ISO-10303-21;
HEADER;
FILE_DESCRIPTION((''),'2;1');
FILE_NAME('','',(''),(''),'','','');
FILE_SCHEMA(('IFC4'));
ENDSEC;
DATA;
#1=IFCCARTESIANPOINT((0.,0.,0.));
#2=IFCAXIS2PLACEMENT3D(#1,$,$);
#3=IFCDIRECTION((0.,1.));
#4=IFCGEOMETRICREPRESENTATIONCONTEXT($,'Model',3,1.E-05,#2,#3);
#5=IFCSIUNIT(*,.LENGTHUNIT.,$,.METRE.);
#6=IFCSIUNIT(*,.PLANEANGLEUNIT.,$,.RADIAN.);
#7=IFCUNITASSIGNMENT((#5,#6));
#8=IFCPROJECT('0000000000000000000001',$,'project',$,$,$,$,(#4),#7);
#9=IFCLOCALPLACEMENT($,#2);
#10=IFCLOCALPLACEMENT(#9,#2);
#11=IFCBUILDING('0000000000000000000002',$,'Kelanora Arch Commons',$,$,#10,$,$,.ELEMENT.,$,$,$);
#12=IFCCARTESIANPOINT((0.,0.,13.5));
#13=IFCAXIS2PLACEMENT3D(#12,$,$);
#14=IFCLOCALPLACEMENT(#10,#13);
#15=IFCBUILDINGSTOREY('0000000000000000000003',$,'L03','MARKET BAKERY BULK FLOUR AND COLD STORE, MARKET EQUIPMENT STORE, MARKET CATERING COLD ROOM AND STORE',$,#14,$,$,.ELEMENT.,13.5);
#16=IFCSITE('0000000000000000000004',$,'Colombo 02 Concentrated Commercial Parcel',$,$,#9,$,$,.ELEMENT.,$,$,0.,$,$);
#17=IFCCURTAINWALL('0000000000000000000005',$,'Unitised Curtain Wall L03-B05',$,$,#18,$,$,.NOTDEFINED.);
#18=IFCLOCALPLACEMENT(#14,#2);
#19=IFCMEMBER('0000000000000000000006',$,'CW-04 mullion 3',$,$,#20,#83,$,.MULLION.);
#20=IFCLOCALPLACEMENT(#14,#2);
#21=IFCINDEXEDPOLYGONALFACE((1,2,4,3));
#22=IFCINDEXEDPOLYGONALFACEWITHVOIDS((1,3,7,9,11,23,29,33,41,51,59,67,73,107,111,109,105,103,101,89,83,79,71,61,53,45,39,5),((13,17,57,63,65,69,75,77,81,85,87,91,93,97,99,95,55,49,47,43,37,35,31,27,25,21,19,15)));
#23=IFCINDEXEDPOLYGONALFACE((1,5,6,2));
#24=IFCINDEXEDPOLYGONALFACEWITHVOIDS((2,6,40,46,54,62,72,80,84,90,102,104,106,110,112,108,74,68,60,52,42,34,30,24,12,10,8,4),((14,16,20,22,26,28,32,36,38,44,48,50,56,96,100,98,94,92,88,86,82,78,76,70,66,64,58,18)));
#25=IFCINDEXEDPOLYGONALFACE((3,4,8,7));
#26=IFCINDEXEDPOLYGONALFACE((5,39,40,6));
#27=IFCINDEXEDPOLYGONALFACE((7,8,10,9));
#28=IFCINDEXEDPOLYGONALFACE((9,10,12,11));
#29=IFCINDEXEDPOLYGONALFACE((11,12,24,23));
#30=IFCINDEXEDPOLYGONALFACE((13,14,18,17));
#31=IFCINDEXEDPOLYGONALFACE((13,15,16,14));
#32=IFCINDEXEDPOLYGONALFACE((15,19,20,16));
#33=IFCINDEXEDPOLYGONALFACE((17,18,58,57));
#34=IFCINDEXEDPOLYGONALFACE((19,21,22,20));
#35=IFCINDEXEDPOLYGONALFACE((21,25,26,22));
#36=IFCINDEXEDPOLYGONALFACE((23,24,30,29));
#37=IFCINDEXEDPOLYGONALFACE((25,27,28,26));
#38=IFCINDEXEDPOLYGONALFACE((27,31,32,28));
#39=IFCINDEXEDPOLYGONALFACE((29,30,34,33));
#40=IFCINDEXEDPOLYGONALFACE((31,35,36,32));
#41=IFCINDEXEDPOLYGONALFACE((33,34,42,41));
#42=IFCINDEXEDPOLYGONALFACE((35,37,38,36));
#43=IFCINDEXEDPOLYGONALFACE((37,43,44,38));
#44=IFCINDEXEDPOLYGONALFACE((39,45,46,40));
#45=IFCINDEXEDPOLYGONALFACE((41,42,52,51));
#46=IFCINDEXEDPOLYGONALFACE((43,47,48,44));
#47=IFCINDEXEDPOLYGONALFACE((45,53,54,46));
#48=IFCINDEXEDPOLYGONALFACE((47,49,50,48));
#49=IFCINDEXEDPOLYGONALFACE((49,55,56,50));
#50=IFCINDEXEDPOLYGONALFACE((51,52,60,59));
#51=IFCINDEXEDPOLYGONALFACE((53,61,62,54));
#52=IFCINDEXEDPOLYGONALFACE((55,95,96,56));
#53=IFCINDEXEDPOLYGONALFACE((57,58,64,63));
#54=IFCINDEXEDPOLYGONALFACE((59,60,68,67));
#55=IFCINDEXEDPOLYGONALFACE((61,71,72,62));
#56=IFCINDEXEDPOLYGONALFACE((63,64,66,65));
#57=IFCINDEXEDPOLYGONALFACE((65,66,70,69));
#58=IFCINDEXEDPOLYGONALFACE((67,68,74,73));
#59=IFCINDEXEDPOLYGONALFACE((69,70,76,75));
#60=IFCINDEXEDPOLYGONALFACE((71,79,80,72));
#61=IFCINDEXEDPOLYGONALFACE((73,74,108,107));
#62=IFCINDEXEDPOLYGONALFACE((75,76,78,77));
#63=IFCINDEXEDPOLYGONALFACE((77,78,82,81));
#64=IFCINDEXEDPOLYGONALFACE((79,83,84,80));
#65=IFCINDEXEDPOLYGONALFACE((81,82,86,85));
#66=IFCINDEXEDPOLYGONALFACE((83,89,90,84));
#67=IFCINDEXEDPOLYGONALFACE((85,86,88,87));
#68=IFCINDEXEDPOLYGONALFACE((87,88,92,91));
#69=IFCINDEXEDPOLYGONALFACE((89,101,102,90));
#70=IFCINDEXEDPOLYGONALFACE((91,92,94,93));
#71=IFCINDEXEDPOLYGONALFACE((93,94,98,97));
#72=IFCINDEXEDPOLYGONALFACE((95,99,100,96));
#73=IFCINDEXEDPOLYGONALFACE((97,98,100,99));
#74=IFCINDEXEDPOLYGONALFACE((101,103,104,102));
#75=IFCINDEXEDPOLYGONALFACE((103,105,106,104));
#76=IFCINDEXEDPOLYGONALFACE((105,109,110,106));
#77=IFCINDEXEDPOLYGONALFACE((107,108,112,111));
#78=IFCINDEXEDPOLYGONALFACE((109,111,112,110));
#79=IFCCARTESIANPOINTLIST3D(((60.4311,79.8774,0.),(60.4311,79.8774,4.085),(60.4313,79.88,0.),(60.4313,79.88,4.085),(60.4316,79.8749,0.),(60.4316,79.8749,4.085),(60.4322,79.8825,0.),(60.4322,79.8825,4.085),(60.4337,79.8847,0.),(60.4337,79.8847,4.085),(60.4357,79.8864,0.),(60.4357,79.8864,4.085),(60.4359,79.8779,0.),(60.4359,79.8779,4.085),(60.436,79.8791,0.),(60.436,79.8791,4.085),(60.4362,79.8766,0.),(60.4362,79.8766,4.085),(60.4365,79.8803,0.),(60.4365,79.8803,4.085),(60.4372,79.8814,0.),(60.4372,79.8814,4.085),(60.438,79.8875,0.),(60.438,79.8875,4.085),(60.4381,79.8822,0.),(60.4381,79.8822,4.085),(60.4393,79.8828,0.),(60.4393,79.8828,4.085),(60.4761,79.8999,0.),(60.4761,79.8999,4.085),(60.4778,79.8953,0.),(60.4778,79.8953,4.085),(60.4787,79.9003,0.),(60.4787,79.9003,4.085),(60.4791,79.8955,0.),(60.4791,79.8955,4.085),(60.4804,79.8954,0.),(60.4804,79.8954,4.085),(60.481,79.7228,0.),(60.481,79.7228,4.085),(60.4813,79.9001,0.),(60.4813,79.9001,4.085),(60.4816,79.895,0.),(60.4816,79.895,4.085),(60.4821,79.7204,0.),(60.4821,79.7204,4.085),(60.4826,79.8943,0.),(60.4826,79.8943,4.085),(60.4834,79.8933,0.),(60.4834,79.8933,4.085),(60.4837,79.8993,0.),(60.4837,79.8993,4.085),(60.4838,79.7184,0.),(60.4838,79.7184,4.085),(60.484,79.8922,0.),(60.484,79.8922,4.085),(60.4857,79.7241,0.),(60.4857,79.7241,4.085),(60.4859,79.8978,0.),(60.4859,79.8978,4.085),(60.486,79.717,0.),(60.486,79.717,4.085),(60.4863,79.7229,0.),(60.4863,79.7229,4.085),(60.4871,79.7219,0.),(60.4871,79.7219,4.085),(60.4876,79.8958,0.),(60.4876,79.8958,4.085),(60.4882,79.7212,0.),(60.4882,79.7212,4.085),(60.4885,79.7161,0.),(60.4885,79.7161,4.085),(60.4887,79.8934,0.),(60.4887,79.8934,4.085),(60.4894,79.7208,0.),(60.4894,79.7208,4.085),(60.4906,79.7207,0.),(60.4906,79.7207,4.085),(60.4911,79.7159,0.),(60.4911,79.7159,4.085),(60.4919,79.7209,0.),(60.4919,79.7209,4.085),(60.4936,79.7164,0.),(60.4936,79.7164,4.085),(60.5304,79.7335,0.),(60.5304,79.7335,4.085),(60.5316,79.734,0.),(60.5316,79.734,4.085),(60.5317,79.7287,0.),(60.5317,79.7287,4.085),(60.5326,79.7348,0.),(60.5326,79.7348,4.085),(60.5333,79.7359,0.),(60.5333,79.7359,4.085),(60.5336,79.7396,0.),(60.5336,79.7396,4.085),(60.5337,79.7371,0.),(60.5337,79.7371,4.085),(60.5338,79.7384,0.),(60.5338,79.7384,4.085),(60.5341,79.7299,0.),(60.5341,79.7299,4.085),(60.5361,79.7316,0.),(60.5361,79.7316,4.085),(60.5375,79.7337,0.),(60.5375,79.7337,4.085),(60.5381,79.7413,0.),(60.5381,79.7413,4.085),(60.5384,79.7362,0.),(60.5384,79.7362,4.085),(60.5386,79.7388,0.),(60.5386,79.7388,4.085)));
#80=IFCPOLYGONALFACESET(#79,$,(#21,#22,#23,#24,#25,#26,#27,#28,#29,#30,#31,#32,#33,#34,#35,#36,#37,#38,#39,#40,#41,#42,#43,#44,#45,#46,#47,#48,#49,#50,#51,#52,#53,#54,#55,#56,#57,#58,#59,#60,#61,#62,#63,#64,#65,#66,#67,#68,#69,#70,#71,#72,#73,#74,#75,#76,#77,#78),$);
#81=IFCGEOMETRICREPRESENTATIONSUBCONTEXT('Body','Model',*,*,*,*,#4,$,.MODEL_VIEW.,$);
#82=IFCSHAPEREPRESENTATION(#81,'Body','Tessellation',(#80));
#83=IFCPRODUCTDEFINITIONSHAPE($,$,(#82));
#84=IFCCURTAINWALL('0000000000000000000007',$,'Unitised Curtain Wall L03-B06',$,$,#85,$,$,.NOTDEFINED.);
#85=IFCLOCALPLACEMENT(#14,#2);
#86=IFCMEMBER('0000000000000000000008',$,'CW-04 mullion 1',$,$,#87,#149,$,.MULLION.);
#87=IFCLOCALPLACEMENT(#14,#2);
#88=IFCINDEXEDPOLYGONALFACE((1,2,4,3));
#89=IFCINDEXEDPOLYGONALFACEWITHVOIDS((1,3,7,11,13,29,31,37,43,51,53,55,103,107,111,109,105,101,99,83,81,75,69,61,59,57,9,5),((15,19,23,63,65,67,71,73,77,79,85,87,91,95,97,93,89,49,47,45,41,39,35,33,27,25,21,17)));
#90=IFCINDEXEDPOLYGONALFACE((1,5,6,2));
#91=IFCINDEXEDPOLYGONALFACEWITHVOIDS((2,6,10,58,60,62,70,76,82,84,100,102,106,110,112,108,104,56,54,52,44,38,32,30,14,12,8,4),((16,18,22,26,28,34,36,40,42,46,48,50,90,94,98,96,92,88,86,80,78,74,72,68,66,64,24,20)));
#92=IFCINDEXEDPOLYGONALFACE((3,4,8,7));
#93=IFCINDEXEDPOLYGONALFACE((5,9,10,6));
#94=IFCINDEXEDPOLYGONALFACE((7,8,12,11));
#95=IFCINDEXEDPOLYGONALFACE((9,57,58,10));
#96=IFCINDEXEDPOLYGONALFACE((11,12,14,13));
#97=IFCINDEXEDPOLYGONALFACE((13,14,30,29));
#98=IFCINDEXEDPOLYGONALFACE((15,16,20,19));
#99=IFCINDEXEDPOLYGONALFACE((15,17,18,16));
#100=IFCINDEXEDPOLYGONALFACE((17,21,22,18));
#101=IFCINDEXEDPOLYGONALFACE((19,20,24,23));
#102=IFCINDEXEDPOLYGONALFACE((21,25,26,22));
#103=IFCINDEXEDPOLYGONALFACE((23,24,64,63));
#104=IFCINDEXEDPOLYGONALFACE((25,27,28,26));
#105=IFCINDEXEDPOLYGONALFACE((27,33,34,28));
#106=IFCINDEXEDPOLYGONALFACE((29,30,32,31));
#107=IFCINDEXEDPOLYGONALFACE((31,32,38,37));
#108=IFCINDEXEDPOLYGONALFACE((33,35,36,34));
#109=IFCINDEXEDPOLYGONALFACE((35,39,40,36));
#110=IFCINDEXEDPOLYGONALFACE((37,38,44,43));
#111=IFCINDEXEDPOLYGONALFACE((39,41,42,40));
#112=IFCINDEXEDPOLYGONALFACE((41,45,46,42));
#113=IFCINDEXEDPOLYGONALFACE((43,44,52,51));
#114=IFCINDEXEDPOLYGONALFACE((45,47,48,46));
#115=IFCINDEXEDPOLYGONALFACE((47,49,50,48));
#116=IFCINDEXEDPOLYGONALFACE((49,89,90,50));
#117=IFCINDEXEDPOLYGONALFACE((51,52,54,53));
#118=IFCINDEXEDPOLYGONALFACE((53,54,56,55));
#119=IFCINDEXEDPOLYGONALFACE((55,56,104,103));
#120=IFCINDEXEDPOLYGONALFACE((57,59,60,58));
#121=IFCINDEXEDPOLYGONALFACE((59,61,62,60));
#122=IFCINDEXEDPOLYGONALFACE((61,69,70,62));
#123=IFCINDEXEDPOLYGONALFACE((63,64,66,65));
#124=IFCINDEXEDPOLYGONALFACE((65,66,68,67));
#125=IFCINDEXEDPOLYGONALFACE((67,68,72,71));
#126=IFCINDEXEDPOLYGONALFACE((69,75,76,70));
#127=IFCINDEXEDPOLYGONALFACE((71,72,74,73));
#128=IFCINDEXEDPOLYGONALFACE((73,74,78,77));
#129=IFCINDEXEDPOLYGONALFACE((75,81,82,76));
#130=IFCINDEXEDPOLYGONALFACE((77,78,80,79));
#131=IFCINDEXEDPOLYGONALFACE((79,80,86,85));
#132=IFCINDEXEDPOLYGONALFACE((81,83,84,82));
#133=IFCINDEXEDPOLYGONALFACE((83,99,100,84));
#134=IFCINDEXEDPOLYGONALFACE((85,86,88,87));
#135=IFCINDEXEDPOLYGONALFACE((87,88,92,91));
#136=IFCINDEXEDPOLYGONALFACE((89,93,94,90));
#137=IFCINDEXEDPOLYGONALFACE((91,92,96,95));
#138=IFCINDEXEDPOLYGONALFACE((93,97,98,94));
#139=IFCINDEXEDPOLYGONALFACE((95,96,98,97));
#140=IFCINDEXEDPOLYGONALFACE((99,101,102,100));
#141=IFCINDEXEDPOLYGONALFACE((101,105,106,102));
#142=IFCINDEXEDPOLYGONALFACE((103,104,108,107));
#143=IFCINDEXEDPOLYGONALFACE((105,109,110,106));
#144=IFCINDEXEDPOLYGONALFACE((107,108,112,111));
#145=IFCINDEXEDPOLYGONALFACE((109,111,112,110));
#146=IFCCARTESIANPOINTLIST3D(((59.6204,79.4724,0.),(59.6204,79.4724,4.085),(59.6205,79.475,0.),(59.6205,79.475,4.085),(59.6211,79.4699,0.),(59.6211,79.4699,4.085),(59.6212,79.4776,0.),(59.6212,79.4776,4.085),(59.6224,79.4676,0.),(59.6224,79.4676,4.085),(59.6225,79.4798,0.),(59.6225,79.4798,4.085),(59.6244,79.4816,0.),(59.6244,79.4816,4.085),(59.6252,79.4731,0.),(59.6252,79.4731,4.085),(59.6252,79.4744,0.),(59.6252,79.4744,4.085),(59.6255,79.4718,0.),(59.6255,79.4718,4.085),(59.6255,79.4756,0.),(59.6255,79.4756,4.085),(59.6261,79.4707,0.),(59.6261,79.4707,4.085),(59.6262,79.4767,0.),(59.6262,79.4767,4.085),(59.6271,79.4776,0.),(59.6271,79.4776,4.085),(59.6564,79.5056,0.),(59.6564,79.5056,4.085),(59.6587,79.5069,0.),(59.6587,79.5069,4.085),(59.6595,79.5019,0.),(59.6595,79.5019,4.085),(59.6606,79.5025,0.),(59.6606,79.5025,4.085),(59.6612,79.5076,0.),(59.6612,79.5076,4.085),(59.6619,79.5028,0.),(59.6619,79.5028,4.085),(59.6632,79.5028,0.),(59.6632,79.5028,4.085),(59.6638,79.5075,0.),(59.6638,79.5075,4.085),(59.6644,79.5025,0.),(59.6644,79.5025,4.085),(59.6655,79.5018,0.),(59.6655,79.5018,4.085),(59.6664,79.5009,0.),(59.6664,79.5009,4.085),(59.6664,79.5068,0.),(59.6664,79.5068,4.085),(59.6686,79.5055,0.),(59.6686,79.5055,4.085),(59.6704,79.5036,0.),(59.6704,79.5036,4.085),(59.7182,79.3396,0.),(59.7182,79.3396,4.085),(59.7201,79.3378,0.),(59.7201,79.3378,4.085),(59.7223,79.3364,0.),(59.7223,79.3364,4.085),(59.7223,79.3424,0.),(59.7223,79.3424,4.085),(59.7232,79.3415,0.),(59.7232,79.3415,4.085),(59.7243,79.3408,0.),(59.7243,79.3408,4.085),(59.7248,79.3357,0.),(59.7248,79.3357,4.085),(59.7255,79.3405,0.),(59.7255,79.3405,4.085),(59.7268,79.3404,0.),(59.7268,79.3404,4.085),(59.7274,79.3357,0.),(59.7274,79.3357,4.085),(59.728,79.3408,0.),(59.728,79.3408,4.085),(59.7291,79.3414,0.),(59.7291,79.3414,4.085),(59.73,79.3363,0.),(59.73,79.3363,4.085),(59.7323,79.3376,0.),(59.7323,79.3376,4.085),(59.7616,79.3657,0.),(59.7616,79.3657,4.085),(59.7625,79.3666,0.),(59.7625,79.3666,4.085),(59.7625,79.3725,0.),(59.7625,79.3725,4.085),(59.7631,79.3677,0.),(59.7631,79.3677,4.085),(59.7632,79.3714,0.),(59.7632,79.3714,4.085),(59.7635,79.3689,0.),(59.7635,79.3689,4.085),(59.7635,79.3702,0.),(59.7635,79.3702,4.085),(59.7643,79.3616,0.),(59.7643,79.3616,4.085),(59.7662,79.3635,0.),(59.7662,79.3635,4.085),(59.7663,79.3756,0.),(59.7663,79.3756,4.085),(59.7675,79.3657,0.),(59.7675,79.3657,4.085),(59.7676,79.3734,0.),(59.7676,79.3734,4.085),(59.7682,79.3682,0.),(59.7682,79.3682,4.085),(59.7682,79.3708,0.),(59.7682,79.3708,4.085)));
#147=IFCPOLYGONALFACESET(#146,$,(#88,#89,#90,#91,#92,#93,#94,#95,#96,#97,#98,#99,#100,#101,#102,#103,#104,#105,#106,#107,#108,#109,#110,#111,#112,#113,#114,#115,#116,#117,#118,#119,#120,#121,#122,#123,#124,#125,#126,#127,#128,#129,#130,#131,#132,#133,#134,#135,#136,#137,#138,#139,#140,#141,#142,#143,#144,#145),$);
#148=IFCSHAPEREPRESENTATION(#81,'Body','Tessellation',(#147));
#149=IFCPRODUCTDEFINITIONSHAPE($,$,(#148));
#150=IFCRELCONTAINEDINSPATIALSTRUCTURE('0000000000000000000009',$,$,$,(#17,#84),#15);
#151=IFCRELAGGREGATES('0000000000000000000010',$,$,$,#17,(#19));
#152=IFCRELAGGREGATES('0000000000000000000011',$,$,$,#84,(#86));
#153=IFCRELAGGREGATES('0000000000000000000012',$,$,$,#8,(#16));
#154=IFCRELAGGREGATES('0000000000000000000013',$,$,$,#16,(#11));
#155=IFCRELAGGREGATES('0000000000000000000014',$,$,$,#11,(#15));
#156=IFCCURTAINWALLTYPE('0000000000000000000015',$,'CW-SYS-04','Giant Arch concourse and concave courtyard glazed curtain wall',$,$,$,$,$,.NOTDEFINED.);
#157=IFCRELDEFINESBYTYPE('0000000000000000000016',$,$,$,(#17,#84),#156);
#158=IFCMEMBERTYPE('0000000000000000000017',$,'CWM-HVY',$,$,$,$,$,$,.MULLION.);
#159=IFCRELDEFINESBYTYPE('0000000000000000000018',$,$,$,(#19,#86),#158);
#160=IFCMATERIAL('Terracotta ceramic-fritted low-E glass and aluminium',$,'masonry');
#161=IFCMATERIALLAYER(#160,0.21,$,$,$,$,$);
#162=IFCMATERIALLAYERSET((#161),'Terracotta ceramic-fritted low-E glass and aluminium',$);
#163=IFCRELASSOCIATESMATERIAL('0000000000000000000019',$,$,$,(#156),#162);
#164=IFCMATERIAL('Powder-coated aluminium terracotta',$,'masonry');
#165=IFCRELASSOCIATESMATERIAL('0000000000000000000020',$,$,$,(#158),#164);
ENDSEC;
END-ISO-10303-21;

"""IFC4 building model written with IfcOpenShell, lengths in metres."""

from ifc_helpers import new_model, si_unit, direction, frame, origin, origin_2d, place, context, subcontext, project, spatial, hollow_rectangle, extrude, material, layer, layer_set, material_profile, profile_set, type_object, element, aggregate, save


model = new_model("IFC4")

# Units and contexts
model_context = context("Model", 3, precision=1e-05, world=origin(), true_north=direction((0.0, 1.0)))
body_context = subcontext(model_context, "Body", "Model", "MODEL_VIEW")
ifc_project = project(units=[si_unit("LENGTHUNIT", "METRE"), si_unit("PLANEANGLEUNIT", "RADIAN")], contexts=[model_context])

# Site, building, storey
site_placement = place(None, origin())
site = spatial("IfcSite", under=ifc_project, at=site_placement, Name="Colombo 02 Concentrated Commercial Parcel", CompositionType="ELEMENT", RefElevation=0.0)
building_placement = place(site_placement, origin())
building = spatial("IfcBuilding", under=site, at=building_placement, Name="Kelanora Arch Commons", CompositionType="ELEMENT")
storey_placement = place(building_placement, frame((0.0, 0.0, 13.5)))
storey = spatial("IfcBuildingStorey", under=building, at=storey_placement, Name="L03", Description="MARKET BAKERY BULK FLOUR AND COLD STORE, MARKET EQUIPMENT STORE, MARKET CATERING COLD ROOM AND STORE", CompositionType="ELEMENT", Elevation=13.5)

# Curtain wall, member
ifc_material_1 = material(Name="Terracotta ceramic-fritted low-E glass and aluminium", Category="masonry")
ifc_layer_1 = layer(ifc_material_1, 0.21)
ifc_layer_set_1 = layer_set([ifc_layer_1], Name="Terracotta ceramic-fritted low-E glass and aluminium")
curtain_wall_type = type_object("IfcCurtainWallType", Name="CW-SYS-04", Description="Giant Arch concourse and concave courtyard glazed curtain wall", PredefinedType="NOTDEFINED", material=ifc_layer_set_1)
curtain_wall_1_placement = place(storey_placement, origin())
curtain_wall_1 = element("IfcCurtainWall", 1, at=curtain_wall_1_placement, inside=storey, type_object=curtain_wall_type, Name="Unitised Curtain Wall L03-B05", PredefinedType="NOTDEFINED")
ifc_material_2 = material(Name="Powder-coated aluminium terracotta", Category="masonry")
ifc_material_profile_1 = material_profile(ifc_material_2, hollow_rectangle(XDim=0.1799, YDim=0.0601, WallThickness=0.0049, InnerFilletRadius=0.0049, OuterFilletRadius=0.01, at=origin_2d()), Name="CWM180x60")
ifc_profile_set_1 = profile_set([ifc_material_profile_1], Name="Powder-coated aluminium terracotta")
member_type_1 = type_object("IfcMemberType", Name="CWM-HVY", PredefinedType="MULLION", material=ifc_profile_set_1)
member_1_placement = place(storey_placement, frame((60.4849, 79.8081, 0.0), z_axis=(0.0, 0.0, 1.0), x_axis=(0.30907, -0.951039, 0.0)))
member_1 = element("IfcMember", 2, at=member_1_placement, type_object=member_type_1, Name="CW-04 mullion 3", PredefinedType="MULLION", context=body_context, shape_type="SweptSolid", body=[
    extrude(hollow_rectangle(XDim=0.1799, YDim=0.0601, WallThickness=0.0049, InnerFilletRadius=0.0049, OuterFilletRadius=0.01, at=origin_2d()), origin(), (0.0, 0.0, 1.0), 4.085),
])
aggregate(curtain_wall_1, [member_1])

# Curtain wall, member
curtain_wall_2_placement = place(storey_placement, origin())
curtain_wall_2 = element("IfcCurtainWall", 3, at=curtain_wall_2_placement, inside=storey, type_object=curtain_wall_type, Name="Unitised Curtain Wall L03-B06", PredefinedType="NOTDEFINED")
member_2_placement = place(storey_placement, frame((59.6943, 79.4216, 0.0), z_axis=(0.0, 0.0, 1.0), x_axis=(0.599593, -0.800305, 0.0)))
member_2 = element("IfcMember", 4, at=member_2_placement, type_object=member_type_1, Name="CW-04 mullion 1", PredefinedType="MULLION", context=body_context, shape_type="SweptSolid", body=[
    extrude(hollow_rectangle(XDim=0.1799, YDim=0.0601, WallThickness=0.0049, InnerFilletRadius=0.0049, OuterFilletRadius=0.01, at=origin_2d()), origin(), (0.0, 0.0, 1.0), 4.085),
])

aggregate(curtain_wall_2, [member_2])

save(model, "model.ifc")
